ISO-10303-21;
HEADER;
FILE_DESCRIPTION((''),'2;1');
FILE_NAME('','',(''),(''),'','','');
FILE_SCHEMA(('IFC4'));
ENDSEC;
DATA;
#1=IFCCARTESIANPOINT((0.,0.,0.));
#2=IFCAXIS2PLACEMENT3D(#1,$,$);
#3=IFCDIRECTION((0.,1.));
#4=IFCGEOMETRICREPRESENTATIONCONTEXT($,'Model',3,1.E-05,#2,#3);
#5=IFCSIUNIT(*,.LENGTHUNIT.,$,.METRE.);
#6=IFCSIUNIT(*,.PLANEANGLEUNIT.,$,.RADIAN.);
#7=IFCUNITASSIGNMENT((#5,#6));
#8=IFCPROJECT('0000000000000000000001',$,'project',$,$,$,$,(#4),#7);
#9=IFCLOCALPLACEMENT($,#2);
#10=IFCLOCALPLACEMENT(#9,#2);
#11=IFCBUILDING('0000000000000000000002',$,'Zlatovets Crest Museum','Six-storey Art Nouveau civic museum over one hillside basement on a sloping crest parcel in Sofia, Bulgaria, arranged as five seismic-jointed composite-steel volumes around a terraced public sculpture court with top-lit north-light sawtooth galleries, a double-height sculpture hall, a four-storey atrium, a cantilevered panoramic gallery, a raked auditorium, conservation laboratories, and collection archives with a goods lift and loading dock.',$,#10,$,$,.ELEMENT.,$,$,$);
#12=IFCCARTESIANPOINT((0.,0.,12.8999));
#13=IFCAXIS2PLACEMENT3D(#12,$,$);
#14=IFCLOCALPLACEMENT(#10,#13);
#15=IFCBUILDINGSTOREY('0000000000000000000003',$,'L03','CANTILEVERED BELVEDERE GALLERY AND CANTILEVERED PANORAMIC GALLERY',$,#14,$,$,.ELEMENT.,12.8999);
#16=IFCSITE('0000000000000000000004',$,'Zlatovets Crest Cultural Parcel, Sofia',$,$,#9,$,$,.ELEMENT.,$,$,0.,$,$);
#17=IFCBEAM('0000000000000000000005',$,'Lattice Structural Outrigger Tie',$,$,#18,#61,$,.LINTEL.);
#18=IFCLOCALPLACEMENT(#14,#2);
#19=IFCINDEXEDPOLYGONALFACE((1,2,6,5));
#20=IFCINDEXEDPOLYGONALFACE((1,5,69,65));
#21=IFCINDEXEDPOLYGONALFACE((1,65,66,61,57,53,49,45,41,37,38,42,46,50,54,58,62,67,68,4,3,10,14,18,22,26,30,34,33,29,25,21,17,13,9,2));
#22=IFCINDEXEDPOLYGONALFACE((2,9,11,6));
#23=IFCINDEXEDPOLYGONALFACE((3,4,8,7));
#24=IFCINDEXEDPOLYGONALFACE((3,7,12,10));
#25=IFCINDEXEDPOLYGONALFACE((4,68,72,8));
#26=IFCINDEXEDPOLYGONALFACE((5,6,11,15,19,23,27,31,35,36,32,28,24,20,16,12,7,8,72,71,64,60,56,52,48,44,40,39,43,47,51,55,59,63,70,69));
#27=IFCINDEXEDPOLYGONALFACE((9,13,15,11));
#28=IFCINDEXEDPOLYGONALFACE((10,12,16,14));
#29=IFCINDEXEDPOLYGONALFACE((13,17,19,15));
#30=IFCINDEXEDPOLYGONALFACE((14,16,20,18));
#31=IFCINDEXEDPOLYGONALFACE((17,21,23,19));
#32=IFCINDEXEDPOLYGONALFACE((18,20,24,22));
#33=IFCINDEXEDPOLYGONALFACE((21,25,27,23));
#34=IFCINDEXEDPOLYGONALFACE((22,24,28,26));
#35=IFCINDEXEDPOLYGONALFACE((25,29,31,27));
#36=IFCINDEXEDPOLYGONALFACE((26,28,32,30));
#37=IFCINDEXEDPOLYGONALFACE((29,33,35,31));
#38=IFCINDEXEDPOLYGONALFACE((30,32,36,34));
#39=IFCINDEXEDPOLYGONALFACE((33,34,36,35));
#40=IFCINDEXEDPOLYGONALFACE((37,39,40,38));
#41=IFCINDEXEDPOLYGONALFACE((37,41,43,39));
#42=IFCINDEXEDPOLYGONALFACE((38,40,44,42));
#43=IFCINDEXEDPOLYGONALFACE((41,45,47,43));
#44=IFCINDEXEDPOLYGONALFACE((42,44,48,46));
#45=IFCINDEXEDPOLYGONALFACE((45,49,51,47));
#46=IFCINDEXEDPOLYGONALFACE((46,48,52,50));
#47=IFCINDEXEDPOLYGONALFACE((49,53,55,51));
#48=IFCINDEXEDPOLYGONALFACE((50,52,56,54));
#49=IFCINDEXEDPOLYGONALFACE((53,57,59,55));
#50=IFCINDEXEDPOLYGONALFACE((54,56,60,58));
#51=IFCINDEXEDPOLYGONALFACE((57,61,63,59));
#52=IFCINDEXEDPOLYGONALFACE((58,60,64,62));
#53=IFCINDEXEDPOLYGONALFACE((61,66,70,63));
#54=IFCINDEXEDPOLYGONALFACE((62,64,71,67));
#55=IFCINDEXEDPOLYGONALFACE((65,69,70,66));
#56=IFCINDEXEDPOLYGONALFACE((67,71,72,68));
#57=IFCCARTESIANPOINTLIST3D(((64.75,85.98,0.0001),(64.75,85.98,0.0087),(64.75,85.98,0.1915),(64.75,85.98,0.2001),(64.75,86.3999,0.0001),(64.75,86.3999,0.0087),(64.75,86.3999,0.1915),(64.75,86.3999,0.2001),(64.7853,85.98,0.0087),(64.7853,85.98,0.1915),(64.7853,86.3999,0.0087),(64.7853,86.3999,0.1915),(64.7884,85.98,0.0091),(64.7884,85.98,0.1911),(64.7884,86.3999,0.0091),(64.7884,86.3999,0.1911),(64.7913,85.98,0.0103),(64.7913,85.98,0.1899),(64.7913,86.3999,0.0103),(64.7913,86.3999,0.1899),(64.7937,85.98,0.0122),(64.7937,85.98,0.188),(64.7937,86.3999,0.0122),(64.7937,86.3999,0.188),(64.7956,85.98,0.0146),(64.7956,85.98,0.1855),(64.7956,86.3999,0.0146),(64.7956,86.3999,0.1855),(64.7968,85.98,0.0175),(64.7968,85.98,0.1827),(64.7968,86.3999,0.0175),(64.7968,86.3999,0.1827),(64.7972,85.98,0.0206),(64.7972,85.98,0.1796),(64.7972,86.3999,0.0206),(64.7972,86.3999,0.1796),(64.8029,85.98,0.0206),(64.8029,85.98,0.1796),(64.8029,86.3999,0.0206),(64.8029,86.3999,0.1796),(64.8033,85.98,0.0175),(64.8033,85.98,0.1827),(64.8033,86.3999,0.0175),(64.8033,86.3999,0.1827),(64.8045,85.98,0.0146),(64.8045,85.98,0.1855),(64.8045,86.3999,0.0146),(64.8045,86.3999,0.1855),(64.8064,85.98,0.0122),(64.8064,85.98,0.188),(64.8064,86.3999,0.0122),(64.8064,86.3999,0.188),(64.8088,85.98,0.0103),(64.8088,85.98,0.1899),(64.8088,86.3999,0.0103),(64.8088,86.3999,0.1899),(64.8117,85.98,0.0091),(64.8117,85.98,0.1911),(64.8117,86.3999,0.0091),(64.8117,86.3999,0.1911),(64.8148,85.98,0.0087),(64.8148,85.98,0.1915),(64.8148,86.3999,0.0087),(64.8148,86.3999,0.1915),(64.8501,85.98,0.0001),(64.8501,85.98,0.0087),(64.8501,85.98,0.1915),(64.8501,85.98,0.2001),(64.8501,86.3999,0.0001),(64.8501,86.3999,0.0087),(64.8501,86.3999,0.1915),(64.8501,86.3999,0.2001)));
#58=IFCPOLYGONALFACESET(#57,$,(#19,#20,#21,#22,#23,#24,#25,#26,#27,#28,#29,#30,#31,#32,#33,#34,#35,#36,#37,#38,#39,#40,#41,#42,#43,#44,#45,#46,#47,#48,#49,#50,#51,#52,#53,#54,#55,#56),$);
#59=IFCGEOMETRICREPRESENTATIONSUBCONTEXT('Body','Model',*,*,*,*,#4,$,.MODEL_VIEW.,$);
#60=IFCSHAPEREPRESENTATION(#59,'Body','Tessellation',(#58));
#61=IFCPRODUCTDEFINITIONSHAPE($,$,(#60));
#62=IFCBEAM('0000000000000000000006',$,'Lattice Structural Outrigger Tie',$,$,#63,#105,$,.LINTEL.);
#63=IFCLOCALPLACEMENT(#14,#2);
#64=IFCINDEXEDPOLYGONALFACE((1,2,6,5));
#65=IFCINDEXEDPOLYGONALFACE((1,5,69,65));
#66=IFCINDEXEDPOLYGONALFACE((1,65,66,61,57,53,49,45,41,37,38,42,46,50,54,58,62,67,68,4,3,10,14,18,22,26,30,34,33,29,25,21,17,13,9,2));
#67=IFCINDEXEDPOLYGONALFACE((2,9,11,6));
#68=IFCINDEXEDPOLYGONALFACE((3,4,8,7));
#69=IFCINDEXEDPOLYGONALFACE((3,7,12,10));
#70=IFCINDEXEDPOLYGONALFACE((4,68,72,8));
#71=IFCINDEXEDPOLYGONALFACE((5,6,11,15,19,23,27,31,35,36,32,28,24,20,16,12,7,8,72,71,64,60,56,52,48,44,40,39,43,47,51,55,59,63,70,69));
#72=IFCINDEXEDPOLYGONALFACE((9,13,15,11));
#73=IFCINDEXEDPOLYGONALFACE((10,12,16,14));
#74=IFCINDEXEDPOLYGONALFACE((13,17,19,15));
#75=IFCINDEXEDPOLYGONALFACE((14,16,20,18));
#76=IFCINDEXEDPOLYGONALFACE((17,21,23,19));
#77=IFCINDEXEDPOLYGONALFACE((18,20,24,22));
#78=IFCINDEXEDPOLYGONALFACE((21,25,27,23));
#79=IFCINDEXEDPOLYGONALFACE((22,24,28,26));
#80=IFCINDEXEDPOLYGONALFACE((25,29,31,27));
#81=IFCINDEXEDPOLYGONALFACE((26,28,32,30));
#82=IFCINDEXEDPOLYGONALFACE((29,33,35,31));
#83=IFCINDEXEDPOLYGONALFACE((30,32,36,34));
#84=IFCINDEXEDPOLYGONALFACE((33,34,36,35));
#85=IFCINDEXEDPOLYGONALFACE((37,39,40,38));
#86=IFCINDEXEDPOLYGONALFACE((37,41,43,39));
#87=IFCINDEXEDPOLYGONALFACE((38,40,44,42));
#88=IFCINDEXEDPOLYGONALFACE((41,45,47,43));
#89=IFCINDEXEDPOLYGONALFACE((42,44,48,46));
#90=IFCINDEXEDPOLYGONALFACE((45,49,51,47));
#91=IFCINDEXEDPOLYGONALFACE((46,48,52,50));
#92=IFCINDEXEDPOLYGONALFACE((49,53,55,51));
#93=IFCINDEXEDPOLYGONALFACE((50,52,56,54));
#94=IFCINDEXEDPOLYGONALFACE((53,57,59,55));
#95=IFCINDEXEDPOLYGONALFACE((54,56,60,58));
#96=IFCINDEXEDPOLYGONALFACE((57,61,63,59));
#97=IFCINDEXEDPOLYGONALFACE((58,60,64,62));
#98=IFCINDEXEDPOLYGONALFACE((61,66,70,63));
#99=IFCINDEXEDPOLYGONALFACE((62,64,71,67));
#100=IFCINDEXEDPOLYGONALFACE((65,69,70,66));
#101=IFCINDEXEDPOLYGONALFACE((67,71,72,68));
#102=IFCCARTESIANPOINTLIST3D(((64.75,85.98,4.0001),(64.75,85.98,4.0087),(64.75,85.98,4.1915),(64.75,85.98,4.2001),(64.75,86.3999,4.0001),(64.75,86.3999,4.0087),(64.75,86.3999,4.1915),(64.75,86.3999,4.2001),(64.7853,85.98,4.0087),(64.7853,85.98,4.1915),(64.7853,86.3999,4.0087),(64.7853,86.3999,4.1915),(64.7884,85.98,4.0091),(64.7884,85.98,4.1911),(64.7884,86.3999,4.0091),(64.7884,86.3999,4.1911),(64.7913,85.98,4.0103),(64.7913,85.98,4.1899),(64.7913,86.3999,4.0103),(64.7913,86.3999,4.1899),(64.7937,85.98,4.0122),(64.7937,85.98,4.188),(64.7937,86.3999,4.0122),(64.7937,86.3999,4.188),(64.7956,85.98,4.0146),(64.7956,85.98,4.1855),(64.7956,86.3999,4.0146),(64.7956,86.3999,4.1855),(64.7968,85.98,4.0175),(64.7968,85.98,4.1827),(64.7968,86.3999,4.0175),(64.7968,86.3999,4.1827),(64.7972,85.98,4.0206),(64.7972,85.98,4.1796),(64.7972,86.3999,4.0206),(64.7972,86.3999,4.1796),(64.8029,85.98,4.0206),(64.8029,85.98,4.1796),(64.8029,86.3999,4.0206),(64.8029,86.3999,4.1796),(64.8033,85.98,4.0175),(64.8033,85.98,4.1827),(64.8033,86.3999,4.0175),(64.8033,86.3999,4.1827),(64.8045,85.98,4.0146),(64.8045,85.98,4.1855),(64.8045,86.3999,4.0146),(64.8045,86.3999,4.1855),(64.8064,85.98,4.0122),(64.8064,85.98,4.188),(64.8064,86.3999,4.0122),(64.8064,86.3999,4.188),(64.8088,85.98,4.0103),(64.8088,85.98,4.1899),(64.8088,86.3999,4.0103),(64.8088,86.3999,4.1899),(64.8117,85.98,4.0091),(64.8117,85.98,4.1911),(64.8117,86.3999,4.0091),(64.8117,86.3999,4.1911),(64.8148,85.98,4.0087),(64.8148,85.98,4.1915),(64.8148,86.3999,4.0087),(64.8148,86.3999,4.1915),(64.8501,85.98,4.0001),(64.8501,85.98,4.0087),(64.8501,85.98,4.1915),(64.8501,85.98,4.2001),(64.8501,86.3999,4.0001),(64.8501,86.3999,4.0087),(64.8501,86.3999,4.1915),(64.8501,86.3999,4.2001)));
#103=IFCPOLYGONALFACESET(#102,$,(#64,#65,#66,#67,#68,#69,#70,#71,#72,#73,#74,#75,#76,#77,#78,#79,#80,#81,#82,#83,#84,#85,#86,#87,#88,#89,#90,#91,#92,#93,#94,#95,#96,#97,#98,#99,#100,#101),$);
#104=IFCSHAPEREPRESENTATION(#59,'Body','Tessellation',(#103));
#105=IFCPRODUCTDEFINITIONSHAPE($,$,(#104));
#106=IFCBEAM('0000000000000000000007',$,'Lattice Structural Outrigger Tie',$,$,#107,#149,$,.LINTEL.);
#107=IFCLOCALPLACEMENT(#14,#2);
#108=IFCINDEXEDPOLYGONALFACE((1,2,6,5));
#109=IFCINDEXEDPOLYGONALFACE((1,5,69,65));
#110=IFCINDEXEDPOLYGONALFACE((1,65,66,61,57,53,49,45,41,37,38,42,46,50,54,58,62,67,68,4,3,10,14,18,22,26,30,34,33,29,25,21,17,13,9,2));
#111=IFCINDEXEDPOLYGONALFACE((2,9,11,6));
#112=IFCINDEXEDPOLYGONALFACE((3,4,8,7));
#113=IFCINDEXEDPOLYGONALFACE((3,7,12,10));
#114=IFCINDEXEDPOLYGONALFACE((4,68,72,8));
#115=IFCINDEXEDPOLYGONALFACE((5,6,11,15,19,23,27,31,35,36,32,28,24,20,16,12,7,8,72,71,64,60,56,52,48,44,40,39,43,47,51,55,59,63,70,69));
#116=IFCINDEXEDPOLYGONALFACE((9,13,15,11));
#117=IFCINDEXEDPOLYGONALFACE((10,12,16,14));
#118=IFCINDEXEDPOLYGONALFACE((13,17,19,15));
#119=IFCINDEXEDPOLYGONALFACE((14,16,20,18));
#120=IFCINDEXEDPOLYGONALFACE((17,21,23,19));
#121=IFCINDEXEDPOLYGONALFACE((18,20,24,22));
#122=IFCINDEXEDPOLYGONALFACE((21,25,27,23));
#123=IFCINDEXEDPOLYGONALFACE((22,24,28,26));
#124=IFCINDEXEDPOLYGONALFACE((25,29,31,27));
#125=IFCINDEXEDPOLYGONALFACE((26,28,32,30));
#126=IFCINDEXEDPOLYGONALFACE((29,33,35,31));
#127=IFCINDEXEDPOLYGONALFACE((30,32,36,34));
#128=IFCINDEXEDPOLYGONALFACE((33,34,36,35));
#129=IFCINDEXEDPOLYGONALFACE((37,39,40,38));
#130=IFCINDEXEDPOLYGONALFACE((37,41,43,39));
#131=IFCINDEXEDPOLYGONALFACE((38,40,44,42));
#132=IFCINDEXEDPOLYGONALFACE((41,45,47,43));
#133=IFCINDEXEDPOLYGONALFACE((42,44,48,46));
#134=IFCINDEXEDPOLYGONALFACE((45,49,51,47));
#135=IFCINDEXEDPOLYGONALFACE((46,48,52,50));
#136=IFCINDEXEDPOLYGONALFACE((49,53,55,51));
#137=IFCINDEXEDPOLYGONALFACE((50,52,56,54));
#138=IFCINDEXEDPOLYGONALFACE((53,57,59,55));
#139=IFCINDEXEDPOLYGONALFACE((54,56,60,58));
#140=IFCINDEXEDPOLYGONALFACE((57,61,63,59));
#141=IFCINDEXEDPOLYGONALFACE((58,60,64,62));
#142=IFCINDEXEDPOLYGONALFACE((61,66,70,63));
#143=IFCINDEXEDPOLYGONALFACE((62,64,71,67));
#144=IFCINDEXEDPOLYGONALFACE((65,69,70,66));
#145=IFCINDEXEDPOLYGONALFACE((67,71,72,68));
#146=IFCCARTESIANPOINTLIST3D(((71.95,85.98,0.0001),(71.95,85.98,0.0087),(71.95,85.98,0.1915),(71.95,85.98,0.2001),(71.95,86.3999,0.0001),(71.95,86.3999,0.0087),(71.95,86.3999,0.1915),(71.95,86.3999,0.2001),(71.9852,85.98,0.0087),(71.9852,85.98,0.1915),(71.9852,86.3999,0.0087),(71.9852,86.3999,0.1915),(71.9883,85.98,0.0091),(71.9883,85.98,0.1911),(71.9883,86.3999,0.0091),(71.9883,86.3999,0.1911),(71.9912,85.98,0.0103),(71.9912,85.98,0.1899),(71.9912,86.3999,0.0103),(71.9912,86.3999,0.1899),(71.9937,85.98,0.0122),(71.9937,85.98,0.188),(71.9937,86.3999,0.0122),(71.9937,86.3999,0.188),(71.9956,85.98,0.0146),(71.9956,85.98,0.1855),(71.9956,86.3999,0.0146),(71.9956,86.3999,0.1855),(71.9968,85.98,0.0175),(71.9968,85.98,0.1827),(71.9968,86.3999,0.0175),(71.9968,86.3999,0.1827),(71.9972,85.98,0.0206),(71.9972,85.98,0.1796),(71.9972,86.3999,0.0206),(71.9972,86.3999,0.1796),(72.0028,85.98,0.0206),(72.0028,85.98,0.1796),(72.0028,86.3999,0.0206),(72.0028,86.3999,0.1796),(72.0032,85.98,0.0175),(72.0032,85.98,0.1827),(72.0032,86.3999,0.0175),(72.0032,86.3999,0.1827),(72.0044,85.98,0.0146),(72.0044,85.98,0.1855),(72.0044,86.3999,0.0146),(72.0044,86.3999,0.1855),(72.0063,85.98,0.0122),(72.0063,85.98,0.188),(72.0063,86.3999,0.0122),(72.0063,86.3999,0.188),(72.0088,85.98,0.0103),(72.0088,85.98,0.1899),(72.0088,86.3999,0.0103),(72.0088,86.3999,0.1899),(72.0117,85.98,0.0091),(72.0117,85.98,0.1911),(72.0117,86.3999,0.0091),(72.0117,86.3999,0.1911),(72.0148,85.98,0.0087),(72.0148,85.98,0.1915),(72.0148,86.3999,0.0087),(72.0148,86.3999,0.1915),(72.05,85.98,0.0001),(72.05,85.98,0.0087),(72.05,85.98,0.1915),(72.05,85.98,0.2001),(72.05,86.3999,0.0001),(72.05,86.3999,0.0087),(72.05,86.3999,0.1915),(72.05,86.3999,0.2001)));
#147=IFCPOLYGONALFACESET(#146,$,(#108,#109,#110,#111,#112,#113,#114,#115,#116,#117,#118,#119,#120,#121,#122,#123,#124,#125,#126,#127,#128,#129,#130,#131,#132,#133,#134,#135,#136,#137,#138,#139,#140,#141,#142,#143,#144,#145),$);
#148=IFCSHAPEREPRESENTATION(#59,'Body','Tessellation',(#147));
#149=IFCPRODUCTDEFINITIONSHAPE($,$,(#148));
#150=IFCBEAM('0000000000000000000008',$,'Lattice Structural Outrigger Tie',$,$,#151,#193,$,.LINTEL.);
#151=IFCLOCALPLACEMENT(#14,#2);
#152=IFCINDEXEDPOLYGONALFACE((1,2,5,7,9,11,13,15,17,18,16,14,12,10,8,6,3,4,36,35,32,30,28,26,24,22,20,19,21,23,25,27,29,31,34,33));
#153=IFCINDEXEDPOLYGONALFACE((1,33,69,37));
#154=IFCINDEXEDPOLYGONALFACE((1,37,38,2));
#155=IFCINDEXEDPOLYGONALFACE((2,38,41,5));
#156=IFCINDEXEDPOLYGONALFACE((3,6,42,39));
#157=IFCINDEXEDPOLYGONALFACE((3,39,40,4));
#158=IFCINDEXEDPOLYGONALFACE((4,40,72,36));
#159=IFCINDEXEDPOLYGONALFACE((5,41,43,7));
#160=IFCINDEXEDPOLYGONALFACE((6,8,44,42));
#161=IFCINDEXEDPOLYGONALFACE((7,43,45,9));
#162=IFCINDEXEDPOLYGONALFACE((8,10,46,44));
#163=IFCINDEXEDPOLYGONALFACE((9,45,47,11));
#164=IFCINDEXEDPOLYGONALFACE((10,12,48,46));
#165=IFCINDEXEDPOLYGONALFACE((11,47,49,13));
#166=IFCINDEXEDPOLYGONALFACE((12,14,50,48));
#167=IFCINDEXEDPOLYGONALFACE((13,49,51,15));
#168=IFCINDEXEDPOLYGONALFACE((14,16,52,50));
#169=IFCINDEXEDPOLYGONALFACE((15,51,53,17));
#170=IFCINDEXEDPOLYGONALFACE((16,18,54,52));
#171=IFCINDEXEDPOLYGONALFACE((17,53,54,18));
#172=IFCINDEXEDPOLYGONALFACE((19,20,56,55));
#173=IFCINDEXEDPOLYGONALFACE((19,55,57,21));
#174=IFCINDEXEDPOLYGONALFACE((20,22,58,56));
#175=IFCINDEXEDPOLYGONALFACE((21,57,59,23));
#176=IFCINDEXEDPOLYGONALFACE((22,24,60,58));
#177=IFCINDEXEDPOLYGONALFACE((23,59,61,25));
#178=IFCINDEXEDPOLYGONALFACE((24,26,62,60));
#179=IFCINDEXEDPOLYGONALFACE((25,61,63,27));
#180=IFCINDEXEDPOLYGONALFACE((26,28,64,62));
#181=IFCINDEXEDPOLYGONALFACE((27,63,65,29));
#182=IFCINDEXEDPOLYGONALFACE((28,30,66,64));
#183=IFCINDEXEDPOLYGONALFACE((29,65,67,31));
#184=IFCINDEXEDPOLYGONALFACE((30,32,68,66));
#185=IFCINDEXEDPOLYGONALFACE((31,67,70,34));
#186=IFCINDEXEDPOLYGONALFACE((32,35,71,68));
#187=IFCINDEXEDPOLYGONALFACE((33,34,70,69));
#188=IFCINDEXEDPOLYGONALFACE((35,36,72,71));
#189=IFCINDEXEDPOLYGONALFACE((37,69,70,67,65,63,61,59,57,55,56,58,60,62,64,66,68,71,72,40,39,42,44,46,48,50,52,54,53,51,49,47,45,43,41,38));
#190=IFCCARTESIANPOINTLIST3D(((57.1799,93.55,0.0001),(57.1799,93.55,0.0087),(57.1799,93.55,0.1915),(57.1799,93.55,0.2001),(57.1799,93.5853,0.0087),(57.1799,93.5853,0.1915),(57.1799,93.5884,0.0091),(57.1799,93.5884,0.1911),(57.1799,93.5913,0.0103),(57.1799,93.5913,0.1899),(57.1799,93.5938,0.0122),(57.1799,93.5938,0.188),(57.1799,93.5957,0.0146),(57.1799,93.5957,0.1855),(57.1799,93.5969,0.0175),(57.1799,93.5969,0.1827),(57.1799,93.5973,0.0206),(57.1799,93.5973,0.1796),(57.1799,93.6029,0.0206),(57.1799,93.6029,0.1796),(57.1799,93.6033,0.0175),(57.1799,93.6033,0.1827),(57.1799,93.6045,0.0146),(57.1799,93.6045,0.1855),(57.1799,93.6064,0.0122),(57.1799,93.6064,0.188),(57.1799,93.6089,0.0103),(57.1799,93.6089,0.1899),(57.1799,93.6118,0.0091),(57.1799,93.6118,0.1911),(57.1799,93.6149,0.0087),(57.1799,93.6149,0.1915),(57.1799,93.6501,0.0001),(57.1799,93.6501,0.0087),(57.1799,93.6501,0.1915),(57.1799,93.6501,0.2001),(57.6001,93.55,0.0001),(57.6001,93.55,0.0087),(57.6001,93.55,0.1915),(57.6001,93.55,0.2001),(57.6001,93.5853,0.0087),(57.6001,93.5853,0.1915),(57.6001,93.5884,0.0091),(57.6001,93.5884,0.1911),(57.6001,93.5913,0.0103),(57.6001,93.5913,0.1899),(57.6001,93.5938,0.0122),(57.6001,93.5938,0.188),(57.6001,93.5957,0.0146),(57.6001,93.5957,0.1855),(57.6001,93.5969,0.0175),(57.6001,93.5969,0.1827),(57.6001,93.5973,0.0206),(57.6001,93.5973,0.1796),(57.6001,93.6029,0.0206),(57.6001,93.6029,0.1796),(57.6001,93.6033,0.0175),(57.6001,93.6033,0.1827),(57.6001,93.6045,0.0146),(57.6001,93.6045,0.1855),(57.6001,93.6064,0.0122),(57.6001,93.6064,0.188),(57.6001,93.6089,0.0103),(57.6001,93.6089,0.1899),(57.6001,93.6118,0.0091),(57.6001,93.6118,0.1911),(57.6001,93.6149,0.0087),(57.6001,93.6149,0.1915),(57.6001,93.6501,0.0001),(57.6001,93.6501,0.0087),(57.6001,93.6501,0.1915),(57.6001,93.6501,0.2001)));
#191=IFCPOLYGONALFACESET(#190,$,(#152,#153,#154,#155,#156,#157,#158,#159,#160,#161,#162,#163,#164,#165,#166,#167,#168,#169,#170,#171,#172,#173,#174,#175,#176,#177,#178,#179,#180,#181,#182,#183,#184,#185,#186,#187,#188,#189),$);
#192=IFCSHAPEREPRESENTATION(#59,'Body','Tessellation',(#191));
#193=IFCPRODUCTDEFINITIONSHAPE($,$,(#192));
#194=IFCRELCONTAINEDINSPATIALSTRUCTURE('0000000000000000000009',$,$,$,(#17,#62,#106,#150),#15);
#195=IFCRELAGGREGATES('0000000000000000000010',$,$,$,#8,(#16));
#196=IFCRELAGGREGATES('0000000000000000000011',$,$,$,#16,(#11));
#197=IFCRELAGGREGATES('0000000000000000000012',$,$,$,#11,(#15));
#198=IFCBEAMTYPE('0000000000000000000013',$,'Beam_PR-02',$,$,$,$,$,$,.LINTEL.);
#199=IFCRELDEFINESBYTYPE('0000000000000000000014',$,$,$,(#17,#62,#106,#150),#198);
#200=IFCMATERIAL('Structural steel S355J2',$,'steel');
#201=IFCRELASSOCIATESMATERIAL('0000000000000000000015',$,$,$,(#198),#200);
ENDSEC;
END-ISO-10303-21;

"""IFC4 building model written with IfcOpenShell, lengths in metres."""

from ifc_helpers import new_model, si_unit, direction, frame, origin, origin_2d, place, context, subcontext, project, spatial, i_section, extrude, material, material_profile, profile_set, type_object, element, save


model = new_model("IFC4")

# Units and contexts
model_context = context("Model", 3, precision=1e-05, world=origin(), true_north=direction((0.0, 1.0)))
body_context = subcontext(model_context, "Body", "Model", "MODEL_VIEW")
ifc_project = project(units=[si_unit("LENGTHUNIT", "METRE"), si_unit("PLANEANGLEUNIT", "RADIAN")], contexts=[model_context])

# Site, building, storey
site_placement = place(None, origin())
site = spatial("IfcSite", under=ifc_project, at=site_placement, Name="Zlatovets Crest Cultural Parcel, Sofia", CompositionType="ELEMENT", RefElevation=0.0)
building_placement = place(site_placement, origin())
building = spatial("IfcBuilding", under=site, at=building_placement, Name="Zlatovets Crest Museum", Description="Six-storey Art Nouveau civic museum over one hillside basement on a sloping crest parcel in Sofia, Bulgaria, arranged as five seismic-jointed composite-steel volumes around a terraced public sculpture court with top-lit north-light sawtooth galleries, a double-height sculpture hall, a four-storey atrium, a cantilevered panoramic gallery, a raked auditorium, conservation laboratories, and collection archives with a goods lift and loading dock.", CompositionType="ELEMENT")
storey_placement = place(building_placement, frame((0.0, 0.0, 12.8999)))
storey = spatial("IfcBuildingStorey", under=building, at=storey_placement, Name="L03", Description="CANTILEVERED BELVEDERE GALLERY AND CANTILEVERED PANORAMIC GALLERY", CompositionType="ELEMENT", Elevation=12.8999)

# Shared definitions
ifc_material_1 = material(Name="Structural steel S355J2", Category="steel")

# Beams
ifc_material_profile_1 = material_profile(ifc_material_1, i_section(OverallWidth=0.1001, OverallDepth=0.2, WebThickness=0.0056, FlangeThickness=0.0085, FilletRadius=0.012, at=origin_2d()), Name="IPE 200")
ifc_profile_set_1 = profile_set([ifc_material_profile_1], Name="Structural steel S355J2")
beam_type_1 = type_object("IfcBeamType", Name="Beam_PR-02", PredefinedType="LINTEL", material=ifc_profile_set_1)
for number, where, z_axis, x_axis, name in (
    (1, (64.8, 86.3999, 0.1001), (0.0, -1.0, 0.0), (1.0, 0.0, 0.0), "Lattice Structural Outrigger Tie"),
    (2, (64.8, 86.3999, 4.1001), (0.0, -1.0, 0.0), (1.0, 0.0, 0.0), "Lattice Structural Outrigger Tie"),
    (3, (72.0, 86.3999, 0.1001), (0.0, -1.0, 0.0), (1.0, 0.0, 0.0), "Lattice Structural Outrigger Tie"),
):
    element("IfcBeam", number, at=place(storey_placement, frame(where, z_axis=z_axis, x_axis=x_axis)), inside=storey, type_object=beam_type_1, Name=name, PredefinedType="LINTEL", context=body_context, shape_type="SweptSolid", body=[
        extrude(i_section(OverallWidth=0.1001, OverallDepth=0.2, WebThickness=0.0056, FlangeThickness=0.0085, FilletRadius=0.012, at=origin_2d()), origin(), (0.0, 0.0, 1.0), 0.4199),
    ])
for number, where, z_axis, x_axis, name in (
    (4, (57.6001, 93.6001, 0.1001), (-1.0, 0.0, 0.0), (0.0, -1.0, 0.0), "Lattice Structural Outrigger Tie"),
):
    element("IfcBeam", number, at=place(storey_placement, frame(where, z_axis=z_axis, x_axis=x_axis)), inside=storey, type_object=beam_type_1, Name=name, PredefinedType="LINTEL", context=body_context, shape_type="SweptSolid", body=[
        extrude(i_section(OverallWidth=0.1001, OverallDepth=0.2, WebThickness=0.0056, FlangeThickness=0.0085, FilletRadius=0.012, at=origin_2d()), origin(), (0.0, 0.0, 1.0), 0.4202),
    ])

save(model, "model.ifc")
